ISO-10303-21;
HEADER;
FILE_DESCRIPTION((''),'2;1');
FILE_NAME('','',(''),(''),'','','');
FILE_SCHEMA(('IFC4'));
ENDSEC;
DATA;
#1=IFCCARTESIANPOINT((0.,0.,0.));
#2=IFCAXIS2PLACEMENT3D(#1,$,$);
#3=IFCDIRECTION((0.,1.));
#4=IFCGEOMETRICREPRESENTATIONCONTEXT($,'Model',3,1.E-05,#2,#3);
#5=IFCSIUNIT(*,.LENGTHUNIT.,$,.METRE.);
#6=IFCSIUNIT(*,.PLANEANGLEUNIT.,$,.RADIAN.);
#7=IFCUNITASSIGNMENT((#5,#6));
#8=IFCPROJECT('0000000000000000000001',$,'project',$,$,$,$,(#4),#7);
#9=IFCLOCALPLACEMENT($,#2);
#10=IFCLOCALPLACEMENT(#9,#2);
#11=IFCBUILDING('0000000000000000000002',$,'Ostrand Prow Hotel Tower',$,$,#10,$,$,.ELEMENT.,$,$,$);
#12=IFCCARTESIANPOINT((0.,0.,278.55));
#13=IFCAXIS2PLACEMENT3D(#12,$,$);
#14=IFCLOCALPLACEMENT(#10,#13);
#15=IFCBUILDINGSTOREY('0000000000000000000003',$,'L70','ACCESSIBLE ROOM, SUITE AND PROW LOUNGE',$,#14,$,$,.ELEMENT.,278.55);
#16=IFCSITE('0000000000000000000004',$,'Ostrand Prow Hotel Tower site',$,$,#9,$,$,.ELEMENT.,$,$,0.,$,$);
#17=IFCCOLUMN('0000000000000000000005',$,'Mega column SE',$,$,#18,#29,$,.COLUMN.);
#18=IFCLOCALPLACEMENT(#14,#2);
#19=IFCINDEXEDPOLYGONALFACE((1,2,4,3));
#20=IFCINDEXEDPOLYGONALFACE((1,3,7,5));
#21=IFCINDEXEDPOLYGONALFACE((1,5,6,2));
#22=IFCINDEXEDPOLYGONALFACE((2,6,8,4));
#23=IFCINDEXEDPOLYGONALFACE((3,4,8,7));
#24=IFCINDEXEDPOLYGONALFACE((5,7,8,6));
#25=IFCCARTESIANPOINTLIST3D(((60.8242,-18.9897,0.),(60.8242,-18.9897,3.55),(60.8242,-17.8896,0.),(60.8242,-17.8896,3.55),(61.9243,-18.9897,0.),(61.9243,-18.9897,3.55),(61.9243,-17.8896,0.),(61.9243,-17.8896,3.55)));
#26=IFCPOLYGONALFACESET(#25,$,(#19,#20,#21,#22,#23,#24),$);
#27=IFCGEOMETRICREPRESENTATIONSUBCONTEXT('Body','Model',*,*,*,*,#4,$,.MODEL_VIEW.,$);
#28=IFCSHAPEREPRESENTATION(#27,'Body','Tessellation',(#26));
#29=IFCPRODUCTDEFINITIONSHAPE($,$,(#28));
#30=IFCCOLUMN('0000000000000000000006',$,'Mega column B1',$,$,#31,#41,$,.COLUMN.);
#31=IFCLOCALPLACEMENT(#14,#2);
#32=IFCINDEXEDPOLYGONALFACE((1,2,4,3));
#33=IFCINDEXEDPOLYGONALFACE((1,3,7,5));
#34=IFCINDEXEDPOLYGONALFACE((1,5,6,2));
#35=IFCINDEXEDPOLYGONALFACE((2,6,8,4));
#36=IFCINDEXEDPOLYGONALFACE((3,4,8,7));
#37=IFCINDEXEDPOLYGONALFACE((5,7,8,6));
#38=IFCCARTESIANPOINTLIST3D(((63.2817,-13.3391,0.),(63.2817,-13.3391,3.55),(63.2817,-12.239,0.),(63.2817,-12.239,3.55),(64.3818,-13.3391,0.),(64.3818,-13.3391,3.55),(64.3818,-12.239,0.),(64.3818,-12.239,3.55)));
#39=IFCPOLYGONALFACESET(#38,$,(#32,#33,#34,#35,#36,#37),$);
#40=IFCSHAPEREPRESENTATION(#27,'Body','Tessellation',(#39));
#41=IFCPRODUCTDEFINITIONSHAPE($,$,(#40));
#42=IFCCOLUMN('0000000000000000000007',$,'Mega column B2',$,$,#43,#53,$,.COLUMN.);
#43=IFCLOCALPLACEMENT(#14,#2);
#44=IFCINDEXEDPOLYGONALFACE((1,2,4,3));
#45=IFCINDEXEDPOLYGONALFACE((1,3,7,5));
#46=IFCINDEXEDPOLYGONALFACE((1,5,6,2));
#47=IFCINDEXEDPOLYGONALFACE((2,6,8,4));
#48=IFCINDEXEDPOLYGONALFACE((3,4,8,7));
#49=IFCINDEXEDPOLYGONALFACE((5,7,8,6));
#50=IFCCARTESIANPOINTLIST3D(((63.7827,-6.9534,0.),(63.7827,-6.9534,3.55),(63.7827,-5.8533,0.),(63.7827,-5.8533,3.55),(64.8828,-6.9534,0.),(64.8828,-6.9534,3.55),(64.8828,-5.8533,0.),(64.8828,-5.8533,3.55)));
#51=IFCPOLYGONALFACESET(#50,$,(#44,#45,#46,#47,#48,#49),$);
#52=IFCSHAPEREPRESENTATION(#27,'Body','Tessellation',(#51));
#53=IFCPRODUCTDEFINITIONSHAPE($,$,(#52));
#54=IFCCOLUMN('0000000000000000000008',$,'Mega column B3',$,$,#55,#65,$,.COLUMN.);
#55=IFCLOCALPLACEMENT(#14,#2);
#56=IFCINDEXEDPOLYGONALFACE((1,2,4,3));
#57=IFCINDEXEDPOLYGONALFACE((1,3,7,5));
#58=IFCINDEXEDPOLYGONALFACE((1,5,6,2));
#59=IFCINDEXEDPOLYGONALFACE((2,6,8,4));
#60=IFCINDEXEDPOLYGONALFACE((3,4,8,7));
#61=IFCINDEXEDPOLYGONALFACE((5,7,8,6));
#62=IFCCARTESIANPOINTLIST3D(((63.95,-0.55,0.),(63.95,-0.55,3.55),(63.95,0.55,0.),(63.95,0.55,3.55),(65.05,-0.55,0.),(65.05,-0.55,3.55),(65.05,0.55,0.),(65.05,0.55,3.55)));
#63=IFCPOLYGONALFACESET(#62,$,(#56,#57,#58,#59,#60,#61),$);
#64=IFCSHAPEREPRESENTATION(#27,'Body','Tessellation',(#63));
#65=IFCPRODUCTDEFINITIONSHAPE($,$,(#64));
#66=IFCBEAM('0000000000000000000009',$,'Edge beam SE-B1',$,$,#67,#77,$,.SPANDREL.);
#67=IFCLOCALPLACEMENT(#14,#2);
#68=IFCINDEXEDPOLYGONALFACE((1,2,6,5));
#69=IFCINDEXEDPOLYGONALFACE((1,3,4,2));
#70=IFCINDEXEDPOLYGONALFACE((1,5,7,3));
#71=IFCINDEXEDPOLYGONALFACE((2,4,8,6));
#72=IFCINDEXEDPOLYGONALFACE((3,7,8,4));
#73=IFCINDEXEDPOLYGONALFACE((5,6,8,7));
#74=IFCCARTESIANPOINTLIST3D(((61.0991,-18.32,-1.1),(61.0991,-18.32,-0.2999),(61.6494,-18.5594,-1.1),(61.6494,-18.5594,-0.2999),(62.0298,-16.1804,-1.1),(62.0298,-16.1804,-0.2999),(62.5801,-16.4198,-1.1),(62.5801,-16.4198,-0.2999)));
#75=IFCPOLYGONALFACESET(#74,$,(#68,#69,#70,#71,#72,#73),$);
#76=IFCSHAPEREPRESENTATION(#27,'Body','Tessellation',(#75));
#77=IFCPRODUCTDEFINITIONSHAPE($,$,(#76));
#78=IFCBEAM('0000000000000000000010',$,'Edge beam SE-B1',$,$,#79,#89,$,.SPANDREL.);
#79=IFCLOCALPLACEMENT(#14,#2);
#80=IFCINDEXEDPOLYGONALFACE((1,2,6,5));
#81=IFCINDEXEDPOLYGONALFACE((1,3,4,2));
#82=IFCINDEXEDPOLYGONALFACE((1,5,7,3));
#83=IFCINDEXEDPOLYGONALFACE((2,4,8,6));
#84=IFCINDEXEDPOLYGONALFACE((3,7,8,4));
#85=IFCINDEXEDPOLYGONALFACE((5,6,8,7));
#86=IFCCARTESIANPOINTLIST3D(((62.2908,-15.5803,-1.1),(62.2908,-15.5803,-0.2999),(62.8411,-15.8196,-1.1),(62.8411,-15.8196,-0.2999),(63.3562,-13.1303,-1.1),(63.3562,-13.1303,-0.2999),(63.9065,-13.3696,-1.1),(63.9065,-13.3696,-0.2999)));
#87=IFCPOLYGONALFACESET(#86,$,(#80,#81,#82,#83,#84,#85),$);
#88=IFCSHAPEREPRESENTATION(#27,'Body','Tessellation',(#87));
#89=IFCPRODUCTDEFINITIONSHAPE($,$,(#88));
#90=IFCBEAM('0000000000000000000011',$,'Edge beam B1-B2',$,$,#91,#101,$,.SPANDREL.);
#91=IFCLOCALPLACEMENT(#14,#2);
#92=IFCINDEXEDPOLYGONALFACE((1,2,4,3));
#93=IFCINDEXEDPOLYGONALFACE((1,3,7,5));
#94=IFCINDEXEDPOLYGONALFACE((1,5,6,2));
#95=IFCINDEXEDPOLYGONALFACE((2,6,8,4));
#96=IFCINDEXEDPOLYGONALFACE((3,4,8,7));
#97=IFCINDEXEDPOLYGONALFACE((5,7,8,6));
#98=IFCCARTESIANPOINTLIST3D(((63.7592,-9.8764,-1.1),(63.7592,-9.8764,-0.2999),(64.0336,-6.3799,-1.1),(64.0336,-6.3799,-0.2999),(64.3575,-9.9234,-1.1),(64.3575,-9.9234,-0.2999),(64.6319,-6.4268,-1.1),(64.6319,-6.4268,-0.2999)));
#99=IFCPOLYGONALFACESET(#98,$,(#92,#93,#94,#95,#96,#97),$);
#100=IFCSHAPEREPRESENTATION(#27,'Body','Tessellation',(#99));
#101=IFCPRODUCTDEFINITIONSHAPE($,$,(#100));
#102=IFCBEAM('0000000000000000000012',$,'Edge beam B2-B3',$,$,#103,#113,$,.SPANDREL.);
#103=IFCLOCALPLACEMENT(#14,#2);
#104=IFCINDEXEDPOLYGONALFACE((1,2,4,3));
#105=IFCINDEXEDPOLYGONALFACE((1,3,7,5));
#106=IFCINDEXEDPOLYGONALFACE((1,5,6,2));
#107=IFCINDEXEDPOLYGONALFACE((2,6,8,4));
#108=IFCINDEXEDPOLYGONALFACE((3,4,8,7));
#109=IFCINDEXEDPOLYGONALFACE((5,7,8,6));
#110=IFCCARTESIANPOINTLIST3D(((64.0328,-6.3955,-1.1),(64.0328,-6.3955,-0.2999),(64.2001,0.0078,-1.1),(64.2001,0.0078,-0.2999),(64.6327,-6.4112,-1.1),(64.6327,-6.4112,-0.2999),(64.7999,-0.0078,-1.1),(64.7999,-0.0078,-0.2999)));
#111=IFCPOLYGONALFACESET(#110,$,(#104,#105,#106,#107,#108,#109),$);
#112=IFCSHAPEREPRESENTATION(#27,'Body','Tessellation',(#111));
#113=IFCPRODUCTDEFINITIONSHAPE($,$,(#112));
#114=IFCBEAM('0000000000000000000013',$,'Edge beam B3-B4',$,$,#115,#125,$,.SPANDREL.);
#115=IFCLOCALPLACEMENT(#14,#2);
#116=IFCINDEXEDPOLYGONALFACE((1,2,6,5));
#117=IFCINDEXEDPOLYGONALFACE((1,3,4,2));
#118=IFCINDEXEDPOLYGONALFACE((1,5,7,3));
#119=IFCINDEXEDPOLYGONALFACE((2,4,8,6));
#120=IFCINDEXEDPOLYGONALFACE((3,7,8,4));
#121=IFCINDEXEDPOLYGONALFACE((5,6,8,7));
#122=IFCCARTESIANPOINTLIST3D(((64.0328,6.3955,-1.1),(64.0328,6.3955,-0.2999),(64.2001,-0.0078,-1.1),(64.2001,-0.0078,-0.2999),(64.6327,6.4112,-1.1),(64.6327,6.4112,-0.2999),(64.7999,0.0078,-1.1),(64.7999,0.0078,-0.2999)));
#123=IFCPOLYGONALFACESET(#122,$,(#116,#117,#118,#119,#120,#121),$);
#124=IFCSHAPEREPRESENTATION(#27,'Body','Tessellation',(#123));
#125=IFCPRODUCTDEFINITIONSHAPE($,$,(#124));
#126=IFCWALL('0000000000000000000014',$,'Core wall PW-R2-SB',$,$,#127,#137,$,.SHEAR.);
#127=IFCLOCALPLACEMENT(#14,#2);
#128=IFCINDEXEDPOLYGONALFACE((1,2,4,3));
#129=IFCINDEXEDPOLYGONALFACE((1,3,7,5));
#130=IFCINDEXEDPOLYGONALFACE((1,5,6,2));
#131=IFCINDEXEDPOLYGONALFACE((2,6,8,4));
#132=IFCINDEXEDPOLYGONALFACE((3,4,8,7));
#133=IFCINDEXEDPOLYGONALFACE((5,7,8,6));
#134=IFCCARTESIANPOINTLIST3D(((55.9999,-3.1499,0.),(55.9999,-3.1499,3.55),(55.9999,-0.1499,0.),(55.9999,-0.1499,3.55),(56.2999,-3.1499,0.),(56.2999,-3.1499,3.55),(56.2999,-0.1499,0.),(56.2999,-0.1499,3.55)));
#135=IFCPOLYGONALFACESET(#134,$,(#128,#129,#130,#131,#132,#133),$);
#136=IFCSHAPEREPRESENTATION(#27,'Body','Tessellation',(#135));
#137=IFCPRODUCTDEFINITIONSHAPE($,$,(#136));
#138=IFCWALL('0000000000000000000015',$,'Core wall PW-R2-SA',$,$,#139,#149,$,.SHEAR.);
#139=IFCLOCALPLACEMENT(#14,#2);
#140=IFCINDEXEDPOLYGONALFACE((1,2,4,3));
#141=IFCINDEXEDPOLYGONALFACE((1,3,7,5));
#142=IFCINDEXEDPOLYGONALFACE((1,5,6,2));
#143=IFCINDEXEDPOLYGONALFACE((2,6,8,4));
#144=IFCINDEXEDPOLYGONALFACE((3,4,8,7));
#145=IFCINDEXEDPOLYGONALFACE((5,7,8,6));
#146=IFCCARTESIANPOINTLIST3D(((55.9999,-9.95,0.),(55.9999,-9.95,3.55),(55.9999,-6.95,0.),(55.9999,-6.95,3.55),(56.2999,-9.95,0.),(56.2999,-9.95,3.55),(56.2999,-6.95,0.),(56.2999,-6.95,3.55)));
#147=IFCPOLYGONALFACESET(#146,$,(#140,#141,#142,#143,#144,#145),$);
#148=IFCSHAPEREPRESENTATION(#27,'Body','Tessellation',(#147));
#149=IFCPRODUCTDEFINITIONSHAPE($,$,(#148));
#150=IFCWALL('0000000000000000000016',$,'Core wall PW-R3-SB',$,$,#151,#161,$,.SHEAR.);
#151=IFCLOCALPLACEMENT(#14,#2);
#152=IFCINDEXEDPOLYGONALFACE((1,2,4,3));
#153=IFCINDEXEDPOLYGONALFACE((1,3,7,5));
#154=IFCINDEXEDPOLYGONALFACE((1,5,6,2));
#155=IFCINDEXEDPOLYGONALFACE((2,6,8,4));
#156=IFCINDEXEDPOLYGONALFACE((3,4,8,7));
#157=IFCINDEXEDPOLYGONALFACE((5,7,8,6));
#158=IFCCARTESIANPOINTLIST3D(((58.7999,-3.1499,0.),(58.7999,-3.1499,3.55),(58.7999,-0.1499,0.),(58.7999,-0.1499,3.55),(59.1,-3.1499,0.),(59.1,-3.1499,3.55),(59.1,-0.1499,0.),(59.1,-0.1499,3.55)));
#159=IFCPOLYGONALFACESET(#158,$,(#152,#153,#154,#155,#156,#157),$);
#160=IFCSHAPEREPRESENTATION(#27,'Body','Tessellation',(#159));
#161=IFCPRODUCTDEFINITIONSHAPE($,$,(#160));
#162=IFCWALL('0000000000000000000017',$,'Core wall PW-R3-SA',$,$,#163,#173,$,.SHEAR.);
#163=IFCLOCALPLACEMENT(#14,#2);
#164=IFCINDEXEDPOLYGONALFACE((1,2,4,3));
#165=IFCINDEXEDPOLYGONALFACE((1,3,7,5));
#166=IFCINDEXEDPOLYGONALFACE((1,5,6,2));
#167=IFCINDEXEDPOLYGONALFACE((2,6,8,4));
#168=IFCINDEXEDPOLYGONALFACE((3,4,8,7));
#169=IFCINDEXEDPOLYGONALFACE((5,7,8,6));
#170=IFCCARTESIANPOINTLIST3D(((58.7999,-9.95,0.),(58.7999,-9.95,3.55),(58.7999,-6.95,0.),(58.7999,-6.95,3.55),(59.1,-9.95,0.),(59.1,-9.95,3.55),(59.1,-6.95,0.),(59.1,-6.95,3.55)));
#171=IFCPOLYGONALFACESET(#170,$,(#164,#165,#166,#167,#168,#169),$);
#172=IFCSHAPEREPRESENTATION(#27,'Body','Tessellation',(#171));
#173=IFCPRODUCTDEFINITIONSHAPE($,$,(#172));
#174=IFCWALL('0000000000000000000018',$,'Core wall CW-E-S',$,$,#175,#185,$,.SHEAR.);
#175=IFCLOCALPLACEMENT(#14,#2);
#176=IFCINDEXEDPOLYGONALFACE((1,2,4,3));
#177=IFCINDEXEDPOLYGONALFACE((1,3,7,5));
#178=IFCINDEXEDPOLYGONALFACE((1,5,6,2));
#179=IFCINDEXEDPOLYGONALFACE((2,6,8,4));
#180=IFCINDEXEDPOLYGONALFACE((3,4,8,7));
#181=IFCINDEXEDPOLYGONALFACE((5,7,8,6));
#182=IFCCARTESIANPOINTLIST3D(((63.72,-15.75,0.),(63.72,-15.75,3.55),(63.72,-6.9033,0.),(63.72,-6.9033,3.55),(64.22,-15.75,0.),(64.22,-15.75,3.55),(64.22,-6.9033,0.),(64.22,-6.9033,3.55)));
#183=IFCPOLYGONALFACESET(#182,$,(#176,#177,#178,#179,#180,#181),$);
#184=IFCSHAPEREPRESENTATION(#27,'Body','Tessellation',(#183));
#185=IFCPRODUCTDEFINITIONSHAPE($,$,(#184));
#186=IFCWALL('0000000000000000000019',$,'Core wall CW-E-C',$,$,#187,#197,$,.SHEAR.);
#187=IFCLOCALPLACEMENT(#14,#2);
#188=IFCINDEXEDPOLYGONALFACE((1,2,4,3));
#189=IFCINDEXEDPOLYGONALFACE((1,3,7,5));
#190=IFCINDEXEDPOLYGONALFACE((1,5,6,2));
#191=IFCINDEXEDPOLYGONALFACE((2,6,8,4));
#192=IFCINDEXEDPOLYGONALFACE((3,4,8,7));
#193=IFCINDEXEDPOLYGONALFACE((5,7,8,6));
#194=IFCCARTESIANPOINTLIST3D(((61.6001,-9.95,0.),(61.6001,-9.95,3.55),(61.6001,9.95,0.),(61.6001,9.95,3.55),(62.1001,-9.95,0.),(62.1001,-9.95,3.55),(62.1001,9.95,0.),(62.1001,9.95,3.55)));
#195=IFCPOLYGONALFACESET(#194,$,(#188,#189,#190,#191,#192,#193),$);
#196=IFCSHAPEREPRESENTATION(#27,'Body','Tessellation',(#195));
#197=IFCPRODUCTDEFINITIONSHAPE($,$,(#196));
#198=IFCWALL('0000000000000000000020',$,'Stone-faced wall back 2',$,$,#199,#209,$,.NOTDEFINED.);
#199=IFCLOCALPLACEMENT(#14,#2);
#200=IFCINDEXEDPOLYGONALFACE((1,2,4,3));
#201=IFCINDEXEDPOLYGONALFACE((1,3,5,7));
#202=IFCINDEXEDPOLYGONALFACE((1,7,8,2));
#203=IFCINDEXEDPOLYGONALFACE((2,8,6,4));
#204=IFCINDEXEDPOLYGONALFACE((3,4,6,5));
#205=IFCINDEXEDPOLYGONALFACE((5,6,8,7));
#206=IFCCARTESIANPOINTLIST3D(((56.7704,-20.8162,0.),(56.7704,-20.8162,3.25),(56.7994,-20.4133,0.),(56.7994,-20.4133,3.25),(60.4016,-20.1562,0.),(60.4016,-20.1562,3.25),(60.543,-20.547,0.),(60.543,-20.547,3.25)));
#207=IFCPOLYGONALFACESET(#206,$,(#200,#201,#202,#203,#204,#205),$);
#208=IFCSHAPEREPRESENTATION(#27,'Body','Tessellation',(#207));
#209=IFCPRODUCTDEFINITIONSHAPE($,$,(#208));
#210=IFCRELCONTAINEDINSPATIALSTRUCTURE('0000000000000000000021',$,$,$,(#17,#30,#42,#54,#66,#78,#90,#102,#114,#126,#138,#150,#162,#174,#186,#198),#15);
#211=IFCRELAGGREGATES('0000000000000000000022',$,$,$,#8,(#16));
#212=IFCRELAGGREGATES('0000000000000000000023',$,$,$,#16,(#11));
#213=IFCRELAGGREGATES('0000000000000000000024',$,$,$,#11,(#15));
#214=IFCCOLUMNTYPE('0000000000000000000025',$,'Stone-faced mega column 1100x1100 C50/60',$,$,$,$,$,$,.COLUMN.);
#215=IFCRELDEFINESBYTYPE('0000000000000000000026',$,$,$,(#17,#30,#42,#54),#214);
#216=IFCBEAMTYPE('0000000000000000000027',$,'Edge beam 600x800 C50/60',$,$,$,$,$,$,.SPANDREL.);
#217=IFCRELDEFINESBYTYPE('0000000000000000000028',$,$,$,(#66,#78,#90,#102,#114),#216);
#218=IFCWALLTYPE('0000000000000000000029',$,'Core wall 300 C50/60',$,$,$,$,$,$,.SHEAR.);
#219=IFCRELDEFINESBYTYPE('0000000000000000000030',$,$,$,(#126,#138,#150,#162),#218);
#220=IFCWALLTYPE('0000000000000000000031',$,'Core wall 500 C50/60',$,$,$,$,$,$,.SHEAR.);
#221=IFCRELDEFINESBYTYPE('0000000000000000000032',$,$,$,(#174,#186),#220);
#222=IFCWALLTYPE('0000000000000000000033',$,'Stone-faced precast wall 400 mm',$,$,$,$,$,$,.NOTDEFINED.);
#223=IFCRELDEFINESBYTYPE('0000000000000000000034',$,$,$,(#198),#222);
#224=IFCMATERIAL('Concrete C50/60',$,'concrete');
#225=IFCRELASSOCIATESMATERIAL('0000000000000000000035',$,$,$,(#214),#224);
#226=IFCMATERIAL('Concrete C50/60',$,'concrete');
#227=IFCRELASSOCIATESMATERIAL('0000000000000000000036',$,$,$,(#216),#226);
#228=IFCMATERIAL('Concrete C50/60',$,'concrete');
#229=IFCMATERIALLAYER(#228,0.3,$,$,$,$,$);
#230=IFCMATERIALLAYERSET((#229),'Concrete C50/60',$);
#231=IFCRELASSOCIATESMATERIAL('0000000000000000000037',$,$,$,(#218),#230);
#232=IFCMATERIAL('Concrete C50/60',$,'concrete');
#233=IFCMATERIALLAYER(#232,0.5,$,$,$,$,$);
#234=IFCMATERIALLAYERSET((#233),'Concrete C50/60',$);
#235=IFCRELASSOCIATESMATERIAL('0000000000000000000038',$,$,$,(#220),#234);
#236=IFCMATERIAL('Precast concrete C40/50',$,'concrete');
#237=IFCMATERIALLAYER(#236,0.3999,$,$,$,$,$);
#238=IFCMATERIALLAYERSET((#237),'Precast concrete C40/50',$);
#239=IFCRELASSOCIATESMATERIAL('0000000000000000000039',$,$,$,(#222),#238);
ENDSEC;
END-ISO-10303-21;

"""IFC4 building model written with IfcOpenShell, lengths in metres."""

from ifc_helpers import new_model, si_unit, direction, frame, frame_2d, origin, origin_2d, place, context, subcontext, project, spatial, polyline, rectangle, outline, extrude, material, layer, layer_set, material_profile, profile_set, type_object, element, save


model = new_model("IFC4")

# Units and contexts
model_context = context("Model", 3, precision=1e-05, world=origin(), true_north=direction((0.0, 1.0)))
body_context = subcontext(model_context, "Body", "Model", "MODEL_VIEW")
ifc_project = project(units=[si_unit("LENGTHUNIT", "METRE"), si_unit("PLANEANGLEUNIT", "RADIAN")], contexts=[model_context])

# Site, building, storey
site_placement = place(None, origin())
site = spatial("IfcSite", under=ifc_project, at=site_placement, Name="Ostrand Prow Hotel Tower site", CompositionType="ELEMENT", RefElevation=0.0)
building_placement = place(site_placement, origin())
building = spatial("IfcBuilding", under=site, at=building_placement, Name="Ostrand Prow Hotel Tower", CompositionType="ELEMENT")
storey_placement = place(building_placement, frame((0.0, 0.0, 278.55)))
storey = spatial("IfcBuildingStorey", under=building, at=storey_placement, Name="L70", Description="ACCESSIBLE ROOM, SUITE AND PROW LOUNGE", CompositionType="ELEMENT", Elevation=278.55)

# Columns
ifc_material_1 = material(Name="Concrete C50/60", Category="concrete")
ifc_material_profile_1 = material_profile(ifc_material_1, rectangle(XDim=1.1001, YDim=1.1001, at=origin_2d()), Name="RC 1100x1100")
ifc_profile_set_1 = profile_set([ifc_material_profile_1], Name="Concrete C50/60")
column_type = type_object("IfcColumnType", Name="Stone-faced mega column 1100x1100 C50/60", PredefinedType="COLUMN", material=ifc_profile_set_1)
for number, where, z_axis, x_axis, name in (
    (1, (61.3743, -18.4397, 0.0), (0.0, 0.0, 1.0), (1.0, 0.0, 0.0), "Mega column SE"),
    (2, (63.8318, -12.7891, 0.0), (0.0, 0.0, 1.0), (1.0, 0.0, 0.0), "Mega column B1"),
    (3, (64.3328, -6.4033, 0.0), (0.0, 0.0, 1.0), (1.0, 0.0, 0.0), "Mega column B2"),
    (4, (64.5, 0.0, 0.0), (0.0, 0.0, 1.0), (1.0, 0.0, 0.0), "Mega column B3"),
):
    element("IfcColumn", number, at=place(storey_placement, frame(where, z_axis=z_axis, x_axis=x_axis)), inside=storey, type_object=column_type, Name=name, PredefinedType="COLUMN", context=body_context, shape_type="SweptSolid", body=[
        extrude(rectangle(XDim=1.1001, YDim=1.1001, at=origin_2d()), origin(), (0.0, 0.0, 1.0), 3.55),
    ])

# Beams
ifc_material_2 = material(Name="Concrete C50/60", Category="concrete")
ifc_material_profile_2 = material_profile(ifc_material_2, rectangle(XDim=0.6001, YDim=0.8, at=origin_2d()), Name="RC 600x800")
ifc_profile_set_2 = profile_set([ifc_material_profile_2], Name="Concrete C50/60")
beam_type = type_object("IfcBeamType", Name="Edge beam 600x800 C50/60", PredefinedType="SPANDREL", material=ifc_profile_set_2)
beam_1_placement = place(storey_placement, frame((61.3743, -18.4397, -0.7), z_axis=(0.398864, 0.91701, 0.0), x_axis=(-0.91701, 0.398864, 0.0)))
element("IfcBeam", 5, at=beam_1_placement, inside=storey, type_object=beam_type, Name="Edge beam SE-B1", PredefinedType="SPANDREL", context=body_context, shape_type="SweptSolid", body=[
    extrude(rectangle(XDim=0.6001, YDim=0.8, at=origin_2d()), origin(), (0.0, 0.0, 1.0), 2.3333),
])
beam_2_placement = place(storey_placement, frame((62.5659, -15.7, -0.7), z_axis=(0.3988, 0.917038, 0.0), x_axis=(-0.917038, 0.3988, 0.0)))
element("IfcBeam", 6, at=beam_2_placement, inside=storey, type_object=beam_type, Name="Edge beam SE-B1", PredefinedType="SPANDREL", context=body_context, shape_type="SweptSolid", body=[
    extrude(rectangle(XDim=0.6001, YDim=0.8, at=origin_2d()), origin(), (0.0, 0.0, 1.0), 2.6716),
])
beam_3_placement = place(storey_placement, frame((64.0583, -9.8999, -0.7), z_axis=(0.07824, 0.996935, 0.0), x_axis=(-0.996935, 0.07824, 0.0)))
element("IfcBeam", 7, at=beam_3_placement, inside=storey, type_object=beam_type, Name="Edge beam B1-B2", PredefinedType="SPANDREL", context=body_context, shape_type="SweptSolid", body=[
    extrude(rectangle(XDim=0.6001, YDim=0.8, at=origin_2d()), origin(), (0.0, 0.0, 1.0), 3.5073),
])
for number, where, z_axis, x_axis, name in (
    (8, (64.3328, -6.4033, -0.7), (0.026108, 0.999659, 0.0), (-0.999659, 0.026108, 0.0), "Edge beam B2-B3"),
    (9, (64.5, 0.0, -0.7), (-0.026108, 0.999659, 0.0), (-0.999659, -0.026108, 0.0), "Edge beam B3-B4"),
):
    element("IfcBeam", number, at=place(storey_placement, frame(where, z_axis=z_axis, x_axis=x_axis)), inside=storey, type_object=beam_type, Name=name, PredefinedType="SPANDREL", context=body_context, shape_type="SweptSolid", body=[
        extrude(rectangle(XDim=0.6001, YDim=0.8, at=origin_2d()), origin(), (0.0, 0.0, 1.0), 6.4055),
    ])

# Walls
ifc_material_3 = material(Name="Concrete C50/60", Category="concrete")
ifc_layer_1 = layer(ifc_material_3, 0.3)
ifc_layer_set_1 = layer_set([ifc_layer_1], Name="Concrete C50/60")
wall_type_1 = type_object("IfcWallType", Name="Core wall 300 C50/60", PredefinedType="SHEAR", material=ifc_layer_set_1)
for number, where, z_axis, x_axis, name in (
    (10, (56.1499, -3.1499, 0.0), (0.0, 0.0, 1.0), (0.0, 1.0, 0.0), "Core wall PW-R2-SB"),
    (11, (56.1499, -9.95, 0.0), (0.0, 0.0, 1.0), (0.0, 1.0, 0.0), "Core wall PW-R2-SA"),
    (12, (58.95, -3.1499, 0.0), (0.0, 0.0, 1.0), (0.0, 1.0, 0.0), "Core wall PW-R3-SB"),
    (13, (58.95, -9.95, 0.0), (0.0, 0.0, 1.0), (0.0, 1.0, 0.0), "Core wall PW-R3-SA"),
):
    element("IfcWall", number, at=place(storey_placement, frame(where, z_axis=z_axis, x_axis=x_axis)), inside=storey, type_object=wall_type_1, Name=name, PredefinedType="SHEAR", context=body_context, shape_type="SweptSolid", body=[
        extrude(rectangle(XDim=3.0, YDim=0.3, at=frame_2d((1.5, 0.0))), origin(), (0.0, 0.0, 1.0), 3.55),
    ])
ifc_material_4 = material(Name="Concrete C50/60", Category="concrete")
ifc_layer_2 = layer(ifc_material_4, 0.5)
ifc_layer_set_2 = layer_set([ifc_layer_2], Name="Concrete C50/60")
wall_type_2 = type_object("IfcWallType", Name="Core wall 500 C50/60", PredefinedType="SHEAR", material=ifc_layer_set_2)
wall_1_placement = place(storey_placement, frame((63.97, -15.75, 0.0), z_axis=(0.0, 0.0, 1.0), x_axis=(0.0, 1.0, 0.0)))
element("IfcWall", 14, at=wall_1_placement, inside=storey, type_object=wall_type_2, Name="Core wall CW-E-S", PredefinedType="SHEAR", context=body_context, shape_type="SweptSolid", body=[
    extrude(rectangle(XDim=8.8467, YDim=0.5, at=frame_2d((4.4233, 0.0))), origin(), (0.0, 0.0, 1.0), 3.55),
])
wall_2_placement = place(storey_placement, frame((61.8501, -9.95, 0.0), z_axis=(0.0, 0.0, 1.0), x_axis=(0.0, 1.0, 0.0)))
element("IfcWall", 15, at=wall_2_placement, inside=storey, type_object=wall_type_2, Name="Core wall CW-E-C", PredefinedType="SHEAR", context=body_context, shape_type="SweptSolid", body=[
    extrude(rectangle(XDim=19.8999, YDim=0.5, at=frame_2d((9.95, 0.0))), origin(), (0.0, 0.0, 1.0), 3.55),
])
ifc_material_5 = material(Name="Precast concrete C40/50", Category="concrete")
ifc_layer_3 = layer(ifc_material_5, 0.3999)
ifc_layer_set_3 = layer_set([ifc_layer_3], Name="Precast concrete C40/50")
wall_type_3 = type_object("IfcWallType", Name="Stone-faced precast wall 400 mm", PredefinedType="NOTDEFINED", material=ifc_layer_set_3)
wall_3_placement = place(storey_placement, frame((56.7849, -20.6147, 0.0), z_axis=(0.0, 0.0, 1.0), x_axis=(0.997463, 0.071191, 0.0)))
element("IfcWall", 16, at=wall_3_placement, inside=storey, type_object=wall_type_3, Name="Stone-faced wall back 2", PredefinedType="NOTDEFINED", context=body_context, shape_type="SweptSolid", body=[
    extrude(outline(polyline([(-0.0288, -0.2), (3.7534, -0.2), (3.6401, 0.2), (0.0288, 0.2), (-0.0288, -0.2)])), origin(), (0.0, 0.0, 1.0), 3.25),
])

save(model, "model.ifc")
